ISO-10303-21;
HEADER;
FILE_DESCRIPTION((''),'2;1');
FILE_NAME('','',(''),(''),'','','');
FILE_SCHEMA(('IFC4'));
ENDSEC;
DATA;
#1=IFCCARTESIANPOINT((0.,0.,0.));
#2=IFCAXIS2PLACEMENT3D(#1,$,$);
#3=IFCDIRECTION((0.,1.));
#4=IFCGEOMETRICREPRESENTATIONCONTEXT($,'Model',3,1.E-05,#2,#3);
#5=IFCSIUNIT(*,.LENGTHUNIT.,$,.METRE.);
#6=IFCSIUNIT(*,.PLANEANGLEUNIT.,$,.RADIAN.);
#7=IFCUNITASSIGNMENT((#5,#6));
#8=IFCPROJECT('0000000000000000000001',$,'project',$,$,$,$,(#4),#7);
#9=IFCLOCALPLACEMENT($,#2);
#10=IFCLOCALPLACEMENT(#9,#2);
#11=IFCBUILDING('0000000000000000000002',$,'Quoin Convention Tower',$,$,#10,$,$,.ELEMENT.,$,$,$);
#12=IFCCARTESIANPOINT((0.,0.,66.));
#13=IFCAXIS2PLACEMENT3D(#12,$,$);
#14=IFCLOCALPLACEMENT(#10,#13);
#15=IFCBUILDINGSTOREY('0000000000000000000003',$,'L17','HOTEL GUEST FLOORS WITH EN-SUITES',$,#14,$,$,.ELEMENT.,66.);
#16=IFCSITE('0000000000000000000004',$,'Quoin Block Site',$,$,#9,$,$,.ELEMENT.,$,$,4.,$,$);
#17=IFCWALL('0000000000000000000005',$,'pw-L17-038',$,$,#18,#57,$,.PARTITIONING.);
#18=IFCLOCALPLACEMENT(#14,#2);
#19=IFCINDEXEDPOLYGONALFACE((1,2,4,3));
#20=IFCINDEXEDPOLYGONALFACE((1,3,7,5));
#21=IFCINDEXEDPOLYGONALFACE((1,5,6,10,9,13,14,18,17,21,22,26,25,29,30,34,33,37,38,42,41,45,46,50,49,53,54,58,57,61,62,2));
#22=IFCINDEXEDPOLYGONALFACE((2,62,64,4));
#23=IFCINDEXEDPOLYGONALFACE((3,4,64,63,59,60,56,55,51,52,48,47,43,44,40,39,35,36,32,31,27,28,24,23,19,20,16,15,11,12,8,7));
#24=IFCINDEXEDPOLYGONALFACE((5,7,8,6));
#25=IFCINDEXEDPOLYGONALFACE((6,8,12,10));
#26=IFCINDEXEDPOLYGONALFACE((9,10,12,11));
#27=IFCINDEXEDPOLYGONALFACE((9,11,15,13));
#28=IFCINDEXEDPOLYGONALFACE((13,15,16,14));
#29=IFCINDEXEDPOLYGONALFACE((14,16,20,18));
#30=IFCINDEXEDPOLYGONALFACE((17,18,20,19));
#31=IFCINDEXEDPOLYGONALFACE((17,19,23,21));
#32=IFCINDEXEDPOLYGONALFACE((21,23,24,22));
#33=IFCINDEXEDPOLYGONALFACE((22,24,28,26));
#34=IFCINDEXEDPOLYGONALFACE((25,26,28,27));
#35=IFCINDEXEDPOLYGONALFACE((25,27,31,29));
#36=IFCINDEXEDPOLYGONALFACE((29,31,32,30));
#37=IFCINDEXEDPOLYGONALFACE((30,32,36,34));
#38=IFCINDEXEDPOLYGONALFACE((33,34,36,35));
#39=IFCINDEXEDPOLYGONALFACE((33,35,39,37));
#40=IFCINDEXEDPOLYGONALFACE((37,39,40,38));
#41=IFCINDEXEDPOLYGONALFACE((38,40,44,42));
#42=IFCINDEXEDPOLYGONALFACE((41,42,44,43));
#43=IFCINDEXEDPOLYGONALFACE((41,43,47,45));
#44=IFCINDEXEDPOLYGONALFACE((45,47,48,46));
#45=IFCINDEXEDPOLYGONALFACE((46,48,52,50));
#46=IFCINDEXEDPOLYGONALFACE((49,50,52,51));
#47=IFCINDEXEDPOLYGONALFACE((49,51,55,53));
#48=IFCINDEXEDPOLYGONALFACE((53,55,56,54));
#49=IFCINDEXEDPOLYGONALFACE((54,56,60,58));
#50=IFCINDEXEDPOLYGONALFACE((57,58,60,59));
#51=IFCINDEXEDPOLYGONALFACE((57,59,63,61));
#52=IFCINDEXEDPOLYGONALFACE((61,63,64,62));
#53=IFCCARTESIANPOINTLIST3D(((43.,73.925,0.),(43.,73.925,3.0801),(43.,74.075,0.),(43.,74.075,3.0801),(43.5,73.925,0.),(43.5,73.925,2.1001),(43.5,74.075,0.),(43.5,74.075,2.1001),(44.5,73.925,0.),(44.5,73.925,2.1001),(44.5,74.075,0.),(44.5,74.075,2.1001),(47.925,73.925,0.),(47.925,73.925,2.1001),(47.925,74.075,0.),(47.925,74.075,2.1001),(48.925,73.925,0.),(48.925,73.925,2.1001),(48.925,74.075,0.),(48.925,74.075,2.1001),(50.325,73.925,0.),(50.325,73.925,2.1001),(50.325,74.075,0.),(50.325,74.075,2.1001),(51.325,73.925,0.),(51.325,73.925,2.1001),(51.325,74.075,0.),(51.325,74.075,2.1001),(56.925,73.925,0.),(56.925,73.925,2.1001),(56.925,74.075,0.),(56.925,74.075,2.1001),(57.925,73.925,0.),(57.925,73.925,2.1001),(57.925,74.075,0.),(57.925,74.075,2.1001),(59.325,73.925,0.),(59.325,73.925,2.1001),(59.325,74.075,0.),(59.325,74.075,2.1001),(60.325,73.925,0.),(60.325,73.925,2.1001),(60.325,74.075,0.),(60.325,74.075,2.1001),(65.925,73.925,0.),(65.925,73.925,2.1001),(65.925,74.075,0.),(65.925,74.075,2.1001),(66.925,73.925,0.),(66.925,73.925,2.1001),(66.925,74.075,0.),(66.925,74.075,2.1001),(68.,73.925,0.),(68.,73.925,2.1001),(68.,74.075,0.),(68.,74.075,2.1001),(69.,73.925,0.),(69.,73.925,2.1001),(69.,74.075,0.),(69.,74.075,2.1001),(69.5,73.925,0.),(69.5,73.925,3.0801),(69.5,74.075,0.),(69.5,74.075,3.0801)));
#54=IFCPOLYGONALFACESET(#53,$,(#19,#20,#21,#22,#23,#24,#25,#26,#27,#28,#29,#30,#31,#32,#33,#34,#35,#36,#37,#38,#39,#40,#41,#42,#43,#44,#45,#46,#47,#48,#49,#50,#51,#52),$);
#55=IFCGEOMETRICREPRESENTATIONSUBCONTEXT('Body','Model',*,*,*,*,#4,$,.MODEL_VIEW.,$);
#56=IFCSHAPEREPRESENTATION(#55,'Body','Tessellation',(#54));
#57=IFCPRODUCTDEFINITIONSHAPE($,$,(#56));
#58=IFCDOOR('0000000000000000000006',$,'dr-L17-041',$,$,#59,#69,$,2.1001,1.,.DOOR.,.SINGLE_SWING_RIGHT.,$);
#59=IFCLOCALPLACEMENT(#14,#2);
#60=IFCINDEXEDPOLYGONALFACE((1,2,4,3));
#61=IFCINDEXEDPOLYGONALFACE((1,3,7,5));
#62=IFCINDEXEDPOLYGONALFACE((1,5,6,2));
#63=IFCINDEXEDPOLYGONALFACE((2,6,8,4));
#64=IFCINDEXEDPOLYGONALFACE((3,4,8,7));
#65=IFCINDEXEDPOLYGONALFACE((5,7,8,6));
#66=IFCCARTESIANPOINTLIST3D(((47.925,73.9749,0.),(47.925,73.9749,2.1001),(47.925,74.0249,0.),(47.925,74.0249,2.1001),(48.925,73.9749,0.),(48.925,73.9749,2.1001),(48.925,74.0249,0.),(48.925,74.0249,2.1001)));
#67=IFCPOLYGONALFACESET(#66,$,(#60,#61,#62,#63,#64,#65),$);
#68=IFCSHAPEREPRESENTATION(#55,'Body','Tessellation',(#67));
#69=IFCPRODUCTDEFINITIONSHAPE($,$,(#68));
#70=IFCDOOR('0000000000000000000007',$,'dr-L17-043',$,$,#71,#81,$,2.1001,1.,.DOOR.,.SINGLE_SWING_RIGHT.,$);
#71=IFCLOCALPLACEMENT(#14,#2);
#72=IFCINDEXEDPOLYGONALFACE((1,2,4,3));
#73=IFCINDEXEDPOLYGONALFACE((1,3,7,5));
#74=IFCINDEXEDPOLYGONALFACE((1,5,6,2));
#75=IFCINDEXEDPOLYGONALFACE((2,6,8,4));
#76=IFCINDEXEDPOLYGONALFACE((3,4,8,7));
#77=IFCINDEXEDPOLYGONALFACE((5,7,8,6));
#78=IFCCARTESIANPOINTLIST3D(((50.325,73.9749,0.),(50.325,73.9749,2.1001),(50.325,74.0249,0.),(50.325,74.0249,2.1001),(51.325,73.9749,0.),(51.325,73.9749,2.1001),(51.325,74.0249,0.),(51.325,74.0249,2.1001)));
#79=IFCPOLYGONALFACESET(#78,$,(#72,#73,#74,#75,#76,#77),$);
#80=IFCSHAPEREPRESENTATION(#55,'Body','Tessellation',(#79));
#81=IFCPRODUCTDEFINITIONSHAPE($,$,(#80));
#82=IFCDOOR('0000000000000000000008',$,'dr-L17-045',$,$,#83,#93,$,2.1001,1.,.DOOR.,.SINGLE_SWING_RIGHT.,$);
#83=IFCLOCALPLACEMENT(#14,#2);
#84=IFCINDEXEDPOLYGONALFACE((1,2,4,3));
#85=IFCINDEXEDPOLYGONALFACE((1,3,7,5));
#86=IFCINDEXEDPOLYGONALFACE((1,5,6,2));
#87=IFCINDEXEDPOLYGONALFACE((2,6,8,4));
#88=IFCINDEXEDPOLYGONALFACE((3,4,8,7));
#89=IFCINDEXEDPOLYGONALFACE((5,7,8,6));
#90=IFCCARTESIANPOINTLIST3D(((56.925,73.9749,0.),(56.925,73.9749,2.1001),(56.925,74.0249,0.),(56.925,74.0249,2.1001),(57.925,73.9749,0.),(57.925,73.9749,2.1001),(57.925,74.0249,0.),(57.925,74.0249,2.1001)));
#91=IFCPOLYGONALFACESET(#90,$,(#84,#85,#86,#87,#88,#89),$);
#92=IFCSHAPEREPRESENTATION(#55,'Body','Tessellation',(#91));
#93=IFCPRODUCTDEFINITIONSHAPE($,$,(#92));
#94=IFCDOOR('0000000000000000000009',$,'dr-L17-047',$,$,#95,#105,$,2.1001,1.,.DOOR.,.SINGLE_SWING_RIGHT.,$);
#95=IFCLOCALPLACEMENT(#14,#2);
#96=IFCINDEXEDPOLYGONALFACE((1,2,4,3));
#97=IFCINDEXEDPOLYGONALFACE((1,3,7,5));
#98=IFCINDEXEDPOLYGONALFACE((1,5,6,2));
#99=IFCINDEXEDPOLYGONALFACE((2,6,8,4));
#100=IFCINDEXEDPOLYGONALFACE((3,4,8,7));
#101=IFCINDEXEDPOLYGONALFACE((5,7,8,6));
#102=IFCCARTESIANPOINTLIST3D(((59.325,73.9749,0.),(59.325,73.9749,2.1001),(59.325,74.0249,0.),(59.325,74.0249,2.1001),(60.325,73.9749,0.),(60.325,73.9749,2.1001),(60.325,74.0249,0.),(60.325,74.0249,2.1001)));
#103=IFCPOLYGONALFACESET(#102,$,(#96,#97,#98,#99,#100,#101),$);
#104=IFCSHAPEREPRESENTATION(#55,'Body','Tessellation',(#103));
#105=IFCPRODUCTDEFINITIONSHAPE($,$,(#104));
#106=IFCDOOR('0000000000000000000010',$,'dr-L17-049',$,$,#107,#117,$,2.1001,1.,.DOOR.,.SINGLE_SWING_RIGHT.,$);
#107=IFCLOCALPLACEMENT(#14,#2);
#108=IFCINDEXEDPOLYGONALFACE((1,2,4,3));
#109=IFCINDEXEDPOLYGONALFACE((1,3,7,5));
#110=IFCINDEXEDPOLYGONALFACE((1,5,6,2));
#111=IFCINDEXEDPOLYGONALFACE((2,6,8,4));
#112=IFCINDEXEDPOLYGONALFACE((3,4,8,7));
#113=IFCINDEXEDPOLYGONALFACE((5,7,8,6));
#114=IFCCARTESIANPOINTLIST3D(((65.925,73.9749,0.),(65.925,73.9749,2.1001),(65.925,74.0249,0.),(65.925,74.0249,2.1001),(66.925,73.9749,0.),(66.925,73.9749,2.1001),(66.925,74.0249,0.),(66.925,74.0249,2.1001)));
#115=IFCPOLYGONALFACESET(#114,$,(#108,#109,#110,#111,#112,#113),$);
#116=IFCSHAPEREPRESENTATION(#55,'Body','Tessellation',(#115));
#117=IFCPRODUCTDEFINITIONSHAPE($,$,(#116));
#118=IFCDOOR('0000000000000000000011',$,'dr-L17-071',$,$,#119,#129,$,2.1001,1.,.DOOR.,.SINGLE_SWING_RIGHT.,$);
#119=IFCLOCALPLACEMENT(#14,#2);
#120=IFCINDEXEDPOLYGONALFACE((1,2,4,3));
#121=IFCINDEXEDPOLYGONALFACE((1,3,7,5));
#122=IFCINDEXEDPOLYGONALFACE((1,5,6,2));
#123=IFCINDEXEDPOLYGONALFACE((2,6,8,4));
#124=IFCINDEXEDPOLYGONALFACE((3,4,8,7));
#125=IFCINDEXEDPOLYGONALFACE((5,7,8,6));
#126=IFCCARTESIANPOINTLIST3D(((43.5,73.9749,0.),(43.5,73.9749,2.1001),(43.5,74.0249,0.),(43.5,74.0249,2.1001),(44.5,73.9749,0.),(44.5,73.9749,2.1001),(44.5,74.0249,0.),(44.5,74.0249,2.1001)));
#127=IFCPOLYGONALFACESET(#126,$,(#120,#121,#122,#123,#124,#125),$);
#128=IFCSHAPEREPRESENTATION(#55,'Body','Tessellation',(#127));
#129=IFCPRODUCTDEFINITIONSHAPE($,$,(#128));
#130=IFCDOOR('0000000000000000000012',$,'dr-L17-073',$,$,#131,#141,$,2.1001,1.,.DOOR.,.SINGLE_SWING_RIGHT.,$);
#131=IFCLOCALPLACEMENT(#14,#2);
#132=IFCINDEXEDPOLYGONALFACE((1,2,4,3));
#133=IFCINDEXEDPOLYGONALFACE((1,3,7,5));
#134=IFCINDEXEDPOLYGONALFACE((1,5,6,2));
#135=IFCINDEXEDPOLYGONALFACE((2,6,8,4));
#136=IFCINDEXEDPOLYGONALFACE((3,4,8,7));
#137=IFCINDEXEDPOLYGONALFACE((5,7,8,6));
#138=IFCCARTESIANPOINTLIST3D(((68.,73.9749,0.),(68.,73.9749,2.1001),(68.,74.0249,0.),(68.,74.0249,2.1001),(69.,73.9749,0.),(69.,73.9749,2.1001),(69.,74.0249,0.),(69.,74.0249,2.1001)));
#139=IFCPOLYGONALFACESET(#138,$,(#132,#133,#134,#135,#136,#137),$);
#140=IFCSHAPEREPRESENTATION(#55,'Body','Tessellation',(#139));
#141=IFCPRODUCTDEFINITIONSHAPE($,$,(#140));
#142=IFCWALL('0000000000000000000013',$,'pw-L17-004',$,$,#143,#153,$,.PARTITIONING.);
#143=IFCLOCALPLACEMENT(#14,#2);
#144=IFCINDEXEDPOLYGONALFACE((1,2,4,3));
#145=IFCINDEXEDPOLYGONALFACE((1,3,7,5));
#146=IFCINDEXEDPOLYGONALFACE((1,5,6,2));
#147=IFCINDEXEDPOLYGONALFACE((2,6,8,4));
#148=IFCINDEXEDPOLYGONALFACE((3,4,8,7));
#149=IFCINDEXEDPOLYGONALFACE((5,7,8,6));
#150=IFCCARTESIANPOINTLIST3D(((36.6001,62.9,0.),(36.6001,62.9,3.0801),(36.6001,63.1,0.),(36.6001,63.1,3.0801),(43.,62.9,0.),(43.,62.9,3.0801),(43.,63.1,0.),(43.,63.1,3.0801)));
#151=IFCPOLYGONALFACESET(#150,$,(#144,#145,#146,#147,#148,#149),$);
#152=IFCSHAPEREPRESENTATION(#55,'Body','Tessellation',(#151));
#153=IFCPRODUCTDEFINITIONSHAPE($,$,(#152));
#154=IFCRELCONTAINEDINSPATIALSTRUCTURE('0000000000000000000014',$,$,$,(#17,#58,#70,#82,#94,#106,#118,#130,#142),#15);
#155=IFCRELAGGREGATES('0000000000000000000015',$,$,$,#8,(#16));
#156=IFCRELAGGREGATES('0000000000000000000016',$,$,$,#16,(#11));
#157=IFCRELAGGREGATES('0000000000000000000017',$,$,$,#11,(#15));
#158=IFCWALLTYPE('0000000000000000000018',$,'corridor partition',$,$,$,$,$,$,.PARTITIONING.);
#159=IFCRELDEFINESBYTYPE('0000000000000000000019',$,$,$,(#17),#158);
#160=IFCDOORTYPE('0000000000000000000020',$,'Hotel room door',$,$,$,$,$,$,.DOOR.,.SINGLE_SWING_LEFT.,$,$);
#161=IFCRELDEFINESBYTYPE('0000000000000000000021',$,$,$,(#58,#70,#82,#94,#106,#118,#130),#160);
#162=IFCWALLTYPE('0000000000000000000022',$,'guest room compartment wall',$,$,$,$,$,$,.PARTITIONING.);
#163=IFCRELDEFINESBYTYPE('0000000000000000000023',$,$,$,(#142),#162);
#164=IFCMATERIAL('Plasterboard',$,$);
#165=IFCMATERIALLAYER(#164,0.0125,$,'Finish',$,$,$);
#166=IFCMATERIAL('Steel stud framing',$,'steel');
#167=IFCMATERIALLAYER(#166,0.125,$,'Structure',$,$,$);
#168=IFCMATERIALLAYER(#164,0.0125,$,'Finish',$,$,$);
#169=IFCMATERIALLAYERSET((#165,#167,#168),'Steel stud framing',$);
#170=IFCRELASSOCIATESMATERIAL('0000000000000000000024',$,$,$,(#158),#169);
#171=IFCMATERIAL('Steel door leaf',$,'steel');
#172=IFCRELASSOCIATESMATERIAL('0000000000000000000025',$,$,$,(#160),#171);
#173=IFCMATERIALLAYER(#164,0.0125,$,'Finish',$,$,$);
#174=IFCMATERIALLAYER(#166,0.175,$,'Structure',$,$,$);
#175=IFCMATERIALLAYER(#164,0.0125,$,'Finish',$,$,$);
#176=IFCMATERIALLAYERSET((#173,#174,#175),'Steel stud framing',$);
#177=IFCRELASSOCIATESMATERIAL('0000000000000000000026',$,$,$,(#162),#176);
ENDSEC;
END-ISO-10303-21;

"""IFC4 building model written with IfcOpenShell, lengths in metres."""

from ifc_helpers import new_model, si_unit, direction, frame, frame_2d, origin, place, context, subcontext, project, spatial, rectangle, extrude, material, layer, layer_set, type_object, element, fill, save


model = new_model("IFC4")

# Units and contexts
model_context = context("Model", 3, precision=1e-05, world=origin(), true_north=direction((0.0, 1.0)))
body_context = subcontext(model_context, "Body", "Model", "MODEL_VIEW")
ifc_project = project(units=[si_unit("LENGTHUNIT", "METRE"), si_unit("PLANEANGLEUNIT", "RADIAN")], contexts=[model_context])

# Site, building, storey
site_placement = place(None, origin())
site = spatial("IfcSite", under=ifc_project, at=site_placement, Name="Quoin Block Site", CompositionType="ELEMENT", RefElevation=4.0)
building_placement = place(site_placement, origin())
building = spatial("IfcBuilding", under=site, at=building_placement, Name="Quoin Convention Tower", CompositionType="ELEMENT")
storey_placement = place(building_placement, frame((0.0, 0.0, 66.0)))
storey = spatial("IfcBuildingStorey", under=building, at=storey_placement, Name="L17", Description="HOTEL GUEST FLOORS WITH EN-SUITES", CompositionType="ELEMENT", Elevation=66.0)

# Shared definitions
ifc_material_1 = material(Name="Plasterboard")
ifc_material_2 = material(Name="Steel stud framing", Category="steel")
ifc_material_3 = material(Name="Steel door leaf", Category="steel")

# Wall, openings, doors
ifc_layer_1 = layer(ifc_material_1, 0.0125, Name="Finish")
ifc_layer_2 = layer(ifc_material_2, 0.125, Name="Structure")
ifc_layer_3 = layer(ifc_material_1, 0.0125, Name="Finish")
ifc_layer_set_1 = layer_set([ifc_layer_1, ifc_layer_2, ifc_layer_3], Name="Steel stud framing")
wall_type_1 = type_object("IfcWallType", Name="corridor partition", PredefinedType="PARTITIONING", material=ifc_layer_set_1)
wall_1_placement = place(storey_placement, frame((43.0, 74.0, 0.0), z_axis=(0.0, 0.0, 1.0), x_axis=(1.0, 0.0, 0.0)))
wall_1 = element("IfcWall", 1, at=wall_1_placement, inside=storey, type_object=wall_type_1, Name="pw-L17-038", PredefinedType="PARTITIONING", context=body_context, shape_type="SweptSolid", body=[
    extrude(rectangle(XDim=26.5, YDim=0.1499, at=frame_2d((13.25, 0.0))), origin(), (0.0, 0.0, 1.0), 3.0801),
])
opening_1_placement = place(wall_1_placement, frame((4.925, 0.0, 0.0)))
opening_1 = element("IfcOpeningElement", 2, at=opening_1_placement, cuts=wall_1, PredefinedType="OPENING", context=body_context, shape_type="SweptSolid", body=[
    extrude(rectangle(XDim=1.0, YDim=2.1001, at=frame_2d((0.5, 1.05))), frame((0.0, 0.085, 0.0), z_axis=(0.0, -1.0, 0.0), x_axis=(1.0, 0.0, 0.0)), (0.0, 0.0, 1.0), 0.1699),
])
opening_2_placement = place(wall_1_placement, frame((7.325, 0.0, 0.0)))
opening_2 = element("IfcOpeningElement", 3, at=opening_2_placement, cuts=wall_1, PredefinedType="OPENING", context=body_context, shape_type="SweptSolid", body=[
    extrude(rectangle(XDim=1.0, YDim=2.1001, at=frame_2d((0.5, 1.05))), frame((0.0, 0.085, 0.0), z_axis=(0.0, -1.0, 0.0), x_axis=(1.0, 0.0, 0.0)), (0.0, 0.0, 1.0), 0.1699),
])
opening_3_placement = place(wall_1_placement, frame((13.925, 0.0, 0.0)))
opening_3 = element("IfcOpeningElement", 4, at=opening_3_placement, cuts=wall_1, PredefinedType="OPENING", context=body_context, shape_type="SweptSolid", body=[
    extrude(rectangle(XDim=1.0, YDim=2.1001, at=frame_2d((0.5, 1.05))), frame((0.0, 0.085, 0.0), z_axis=(0.0, -1.0, 0.0), x_axis=(1.0, 0.0, 0.0)), (0.0, 0.0, 1.0), 0.1699),
])
opening_4_placement = place(wall_1_placement, frame((16.325, 0.0, 0.0)))
opening_4 = element("IfcOpeningElement", 5, at=opening_4_placement, cuts=wall_1, PredefinedType="OPENING", context=body_context, shape_type="SweptSolid", body=[
    extrude(rectangle(XDim=1.0, YDim=2.1001, at=frame_2d((0.5, 1.05))), frame((0.0, 0.085, 0.0), z_axis=(0.0, -1.0, 0.0), x_axis=(1.0, 0.0, 0.0)), (0.0, 0.0, 1.0), 0.1699),
])
opening_5_placement = place(wall_1_placement, frame((22.925, 0.0, 0.0)))
opening_5 = element("IfcOpeningElement", 6, at=opening_5_placement, cuts=wall_1, PredefinedType="OPENING", context=body_context, shape_type="SweptSolid", body=[
    extrude(rectangle(XDim=1.0, YDim=2.1001, at=frame_2d((0.5, 1.05))), frame((0.0, 0.085, 0.0), z_axis=(0.0, -1.0, 0.0), x_axis=(1.0, 0.0, 0.0)), (0.0, 0.0, 1.0), 0.1699),
])
opening_6_placement = place(wall_1_placement, frame((0.5, 0.0, 0.0)))
opening_6 = element("IfcOpeningElement", 7, at=opening_6_placement, cuts=wall_1, PredefinedType="OPENING", context=body_context, shape_type="SweptSolid", body=[
    extrude(rectangle(XDim=1.0, YDim=2.1001, at=frame_2d((0.5, 1.05))), frame((0.0, 0.085, 0.0), z_axis=(0.0, -1.0, 0.0), x_axis=(1.0, 0.0, 0.0)), (0.0, 0.0, 1.0), 0.1699),
])
opening_7_placement = place(wall_1_placement, frame((25.0, 0.0, 0.0)))
opening_7 = element("IfcOpeningElement", 8, at=opening_7_placement, cuts=wall_1, PredefinedType="OPENING", context=body_context, shape_type="SweptSolid", body=[
    extrude(rectangle(XDim=1.0, YDim=2.1001, at=frame_2d((0.5, 1.05))), frame((0.0, 0.085, 0.0), z_axis=(0.0, -1.0, 0.0), x_axis=(1.0, 0.0, 0.0)), (0.0, 0.0, 1.0), 0.1699),
])
door_type_1 = type_object("IfcDoorType", Name="Hotel room door", OperationType="SINGLE_SWING_LEFT", PredefinedType="DOOR", material=ifc_material_3)
door_1_placement = place(opening_1_placement, origin())
door_1 = element("IfcDoor", 9, at=door_1_placement, inside=storey, type_object=door_type_1, Name="dr-L17-041", OperationType="SINGLE_SWING_RIGHT", OverallHeight=2.1001, OverallWidth=1.0, PredefinedType="DOOR", context=body_context, shape_type="SweptSolid", body=[
    extrude(rectangle(XDim=1.0, YDim=2.1001, at=frame_2d((0.5, 1.05))), frame((0.0, 0.0249, 0.0), z_axis=(0.0, -1.0, 0.0), x_axis=(1.0, 0.0, 0.0)), (0.0, 0.0, 1.0), 0.05),
])
fill(opening_1, door_1)
door_2_placement = place(opening_2_placement, origin())
door_2 = element("IfcDoor", 10, at=door_2_placement, inside=storey, type_object=door_type_1, Name="dr-L17-043", OperationType="SINGLE_SWING_RIGHT", OverallHeight=2.1001, OverallWidth=1.0, PredefinedType="DOOR", context=body_context, shape_type="SweptSolid", body=[
    extrude(rectangle(XDim=1.0, YDim=2.1001, at=frame_2d((0.5, 1.05))), frame((0.0, 0.0249, 0.0), z_axis=(0.0, -1.0, 0.0), x_axis=(1.0, 0.0, 0.0)), (0.0, 0.0, 1.0), 0.05),
])
fill(opening_2, door_2)
door_3_placement = place(opening_3_placement, origin())
door_3 = element("IfcDoor", 11, at=door_3_placement, inside=storey, type_object=door_type_1, Name="dr-L17-045", OperationType="SINGLE_SWING_RIGHT", OverallHeight=2.1001, OverallWidth=1.0, PredefinedType="DOOR", context=body_context, shape_type="SweptSolid", body=[
    extrude(rectangle(XDim=1.0, YDim=2.1001, at=frame_2d((0.5, 1.05))), frame((0.0, 0.0249, 0.0), z_axis=(0.0, -1.0, 0.0), x_axis=(1.0, 0.0, 0.0)), (0.0, 0.0, 1.0), 0.05),
])
fill(opening_3, door_3)
door_4_placement = place(opening_4_placement, origin())
door_4 = element("IfcDoor", 12, at=door_4_placement, inside=storey, type_object=door_type_1, Name="dr-L17-047", OperationType="SINGLE_SWING_RIGHT", OverallHeight=2.1001, OverallWidth=1.0, PredefinedType="DOOR", context=body_context, shape_type="SweptSolid", body=[
    extrude(rectangle(XDim=1.0, YDim=2.1001, at=frame_2d((0.5, 1.05))), frame((0.0, 0.0249, 0.0), z_axis=(0.0, -1.0, 0.0), x_axis=(1.0, 0.0, 0.0)), (0.0, 0.0, 1.0), 0.05),
])
fill(opening_4, door_4)
door_5_placement = place(opening_5_placement, origin())
door_5 = element("IfcDoor", 13, at=door_5_placement, inside=storey, type_object=door_type_1, Name="dr-L17-049", OperationType="SINGLE_SWING_RIGHT", OverallHeight=2.1001, OverallWidth=1.0, PredefinedType="DOOR", context=body_context, shape_type="SweptSolid", body=[
    extrude(rectangle(XDim=1.0, YDim=2.1001, at=frame_2d((0.5, 1.05))), frame((0.0, 0.0249, 0.0), z_axis=(0.0, -1.0, 0.0), x_axis=(1.0, 0.0, 0.0)), (0.0, 0.0, 1.0), 0.05),
])
fill(opening_5, door_5)
door_6_placement = place(opening_6_placement, origin())
door_6 = element("IfcDoor", 14, at=door_6_placement, inside=storey, type_object=door_type_1, Name="dr-L17-071", OperationType="SINGLE_SWING_RIGHT", OverallHeight=2.1001, OverallWidth=1.0, PredefinedType="DOOR", context=body_context, shape_type="SweptSolid", body=[
    extrude(rectangle(XDim=1.0, YDim=2.1001, at=frame_2d((0.5, 1.05))), frame((0.0, 0.0249, 0.0), z_axis=(0.0, -1.0, 0.0), x_axis=(1.0, 0.0, 0.0)), (0.0, 0.0, 1.0), 0.05),
])
fill(opening_6, door_6)
door_7_placement = place(opening_7_placement, origin())
door_7 = element("IfcDoor", 15, at=door_7_placement, inside=storey, type_object=door_type_1, Name="dr-L17-073", OperationType="SINGLE_SWING_RIGHT", OverallHeight=2.1001, OverallWidth=1.0, PredefinedType="DOOR", context=body_context, shape_type="SweptSolid", body=[
    extrude(rectangle(XDim=1.0, YDim=2.1001, at=frame_2d((0.5, 1.05))), frame((0.0, 0.0249, 0.0), z_axis=(0.0, -1.0, 0.0), x_axis=(1.0, 0.0, 0.0)), (0.0, 0.0, 1.0), 0.05),
])
fill(opening_7, door_7)

# Wall
ifc_layer_4 = layer(ifc_material_1, 0.0125, Name="Finish")
ifc_layer_5 = layer(ifc_material_2, 0.175, Name="Structure")
ifc_layer_6 = layer(ifc_material_1, 0.0125, Name="Finish")
ifc_layer_set_2 = layer_set([ifc_layer_4, ifc_layer_5, ifc_layer_6], Name="Steel stud framing")
wall_type_2 = type_object("IfcWallType", Name="guest room compartment wall", PredefinedType="PARTITIONING", material=ifc_layer_set_2)
wall_2_placement = place(storey_placement, frame((36.6001, 63.0, 0.0), z_axis=(0.0, 0.0, 1.0), x_axis=(1.0, 0.0, 0.0)))
element("IfcWall", 16, at=wall_2_placement, inside=storey, type_object=wall_type_2, Name="pw-L17-004", PredefinedType="PARTITIONING", context=body_context, shape_type="SweptSolid", body=[
    extrude(rectangle(XDim=6.3999, YDim=0.2, at=frame_2d((3.2, 0.0))), origin(), (0.0, 0.0, 1.0), 3.0801),
])

save(model, "model.ifc")
